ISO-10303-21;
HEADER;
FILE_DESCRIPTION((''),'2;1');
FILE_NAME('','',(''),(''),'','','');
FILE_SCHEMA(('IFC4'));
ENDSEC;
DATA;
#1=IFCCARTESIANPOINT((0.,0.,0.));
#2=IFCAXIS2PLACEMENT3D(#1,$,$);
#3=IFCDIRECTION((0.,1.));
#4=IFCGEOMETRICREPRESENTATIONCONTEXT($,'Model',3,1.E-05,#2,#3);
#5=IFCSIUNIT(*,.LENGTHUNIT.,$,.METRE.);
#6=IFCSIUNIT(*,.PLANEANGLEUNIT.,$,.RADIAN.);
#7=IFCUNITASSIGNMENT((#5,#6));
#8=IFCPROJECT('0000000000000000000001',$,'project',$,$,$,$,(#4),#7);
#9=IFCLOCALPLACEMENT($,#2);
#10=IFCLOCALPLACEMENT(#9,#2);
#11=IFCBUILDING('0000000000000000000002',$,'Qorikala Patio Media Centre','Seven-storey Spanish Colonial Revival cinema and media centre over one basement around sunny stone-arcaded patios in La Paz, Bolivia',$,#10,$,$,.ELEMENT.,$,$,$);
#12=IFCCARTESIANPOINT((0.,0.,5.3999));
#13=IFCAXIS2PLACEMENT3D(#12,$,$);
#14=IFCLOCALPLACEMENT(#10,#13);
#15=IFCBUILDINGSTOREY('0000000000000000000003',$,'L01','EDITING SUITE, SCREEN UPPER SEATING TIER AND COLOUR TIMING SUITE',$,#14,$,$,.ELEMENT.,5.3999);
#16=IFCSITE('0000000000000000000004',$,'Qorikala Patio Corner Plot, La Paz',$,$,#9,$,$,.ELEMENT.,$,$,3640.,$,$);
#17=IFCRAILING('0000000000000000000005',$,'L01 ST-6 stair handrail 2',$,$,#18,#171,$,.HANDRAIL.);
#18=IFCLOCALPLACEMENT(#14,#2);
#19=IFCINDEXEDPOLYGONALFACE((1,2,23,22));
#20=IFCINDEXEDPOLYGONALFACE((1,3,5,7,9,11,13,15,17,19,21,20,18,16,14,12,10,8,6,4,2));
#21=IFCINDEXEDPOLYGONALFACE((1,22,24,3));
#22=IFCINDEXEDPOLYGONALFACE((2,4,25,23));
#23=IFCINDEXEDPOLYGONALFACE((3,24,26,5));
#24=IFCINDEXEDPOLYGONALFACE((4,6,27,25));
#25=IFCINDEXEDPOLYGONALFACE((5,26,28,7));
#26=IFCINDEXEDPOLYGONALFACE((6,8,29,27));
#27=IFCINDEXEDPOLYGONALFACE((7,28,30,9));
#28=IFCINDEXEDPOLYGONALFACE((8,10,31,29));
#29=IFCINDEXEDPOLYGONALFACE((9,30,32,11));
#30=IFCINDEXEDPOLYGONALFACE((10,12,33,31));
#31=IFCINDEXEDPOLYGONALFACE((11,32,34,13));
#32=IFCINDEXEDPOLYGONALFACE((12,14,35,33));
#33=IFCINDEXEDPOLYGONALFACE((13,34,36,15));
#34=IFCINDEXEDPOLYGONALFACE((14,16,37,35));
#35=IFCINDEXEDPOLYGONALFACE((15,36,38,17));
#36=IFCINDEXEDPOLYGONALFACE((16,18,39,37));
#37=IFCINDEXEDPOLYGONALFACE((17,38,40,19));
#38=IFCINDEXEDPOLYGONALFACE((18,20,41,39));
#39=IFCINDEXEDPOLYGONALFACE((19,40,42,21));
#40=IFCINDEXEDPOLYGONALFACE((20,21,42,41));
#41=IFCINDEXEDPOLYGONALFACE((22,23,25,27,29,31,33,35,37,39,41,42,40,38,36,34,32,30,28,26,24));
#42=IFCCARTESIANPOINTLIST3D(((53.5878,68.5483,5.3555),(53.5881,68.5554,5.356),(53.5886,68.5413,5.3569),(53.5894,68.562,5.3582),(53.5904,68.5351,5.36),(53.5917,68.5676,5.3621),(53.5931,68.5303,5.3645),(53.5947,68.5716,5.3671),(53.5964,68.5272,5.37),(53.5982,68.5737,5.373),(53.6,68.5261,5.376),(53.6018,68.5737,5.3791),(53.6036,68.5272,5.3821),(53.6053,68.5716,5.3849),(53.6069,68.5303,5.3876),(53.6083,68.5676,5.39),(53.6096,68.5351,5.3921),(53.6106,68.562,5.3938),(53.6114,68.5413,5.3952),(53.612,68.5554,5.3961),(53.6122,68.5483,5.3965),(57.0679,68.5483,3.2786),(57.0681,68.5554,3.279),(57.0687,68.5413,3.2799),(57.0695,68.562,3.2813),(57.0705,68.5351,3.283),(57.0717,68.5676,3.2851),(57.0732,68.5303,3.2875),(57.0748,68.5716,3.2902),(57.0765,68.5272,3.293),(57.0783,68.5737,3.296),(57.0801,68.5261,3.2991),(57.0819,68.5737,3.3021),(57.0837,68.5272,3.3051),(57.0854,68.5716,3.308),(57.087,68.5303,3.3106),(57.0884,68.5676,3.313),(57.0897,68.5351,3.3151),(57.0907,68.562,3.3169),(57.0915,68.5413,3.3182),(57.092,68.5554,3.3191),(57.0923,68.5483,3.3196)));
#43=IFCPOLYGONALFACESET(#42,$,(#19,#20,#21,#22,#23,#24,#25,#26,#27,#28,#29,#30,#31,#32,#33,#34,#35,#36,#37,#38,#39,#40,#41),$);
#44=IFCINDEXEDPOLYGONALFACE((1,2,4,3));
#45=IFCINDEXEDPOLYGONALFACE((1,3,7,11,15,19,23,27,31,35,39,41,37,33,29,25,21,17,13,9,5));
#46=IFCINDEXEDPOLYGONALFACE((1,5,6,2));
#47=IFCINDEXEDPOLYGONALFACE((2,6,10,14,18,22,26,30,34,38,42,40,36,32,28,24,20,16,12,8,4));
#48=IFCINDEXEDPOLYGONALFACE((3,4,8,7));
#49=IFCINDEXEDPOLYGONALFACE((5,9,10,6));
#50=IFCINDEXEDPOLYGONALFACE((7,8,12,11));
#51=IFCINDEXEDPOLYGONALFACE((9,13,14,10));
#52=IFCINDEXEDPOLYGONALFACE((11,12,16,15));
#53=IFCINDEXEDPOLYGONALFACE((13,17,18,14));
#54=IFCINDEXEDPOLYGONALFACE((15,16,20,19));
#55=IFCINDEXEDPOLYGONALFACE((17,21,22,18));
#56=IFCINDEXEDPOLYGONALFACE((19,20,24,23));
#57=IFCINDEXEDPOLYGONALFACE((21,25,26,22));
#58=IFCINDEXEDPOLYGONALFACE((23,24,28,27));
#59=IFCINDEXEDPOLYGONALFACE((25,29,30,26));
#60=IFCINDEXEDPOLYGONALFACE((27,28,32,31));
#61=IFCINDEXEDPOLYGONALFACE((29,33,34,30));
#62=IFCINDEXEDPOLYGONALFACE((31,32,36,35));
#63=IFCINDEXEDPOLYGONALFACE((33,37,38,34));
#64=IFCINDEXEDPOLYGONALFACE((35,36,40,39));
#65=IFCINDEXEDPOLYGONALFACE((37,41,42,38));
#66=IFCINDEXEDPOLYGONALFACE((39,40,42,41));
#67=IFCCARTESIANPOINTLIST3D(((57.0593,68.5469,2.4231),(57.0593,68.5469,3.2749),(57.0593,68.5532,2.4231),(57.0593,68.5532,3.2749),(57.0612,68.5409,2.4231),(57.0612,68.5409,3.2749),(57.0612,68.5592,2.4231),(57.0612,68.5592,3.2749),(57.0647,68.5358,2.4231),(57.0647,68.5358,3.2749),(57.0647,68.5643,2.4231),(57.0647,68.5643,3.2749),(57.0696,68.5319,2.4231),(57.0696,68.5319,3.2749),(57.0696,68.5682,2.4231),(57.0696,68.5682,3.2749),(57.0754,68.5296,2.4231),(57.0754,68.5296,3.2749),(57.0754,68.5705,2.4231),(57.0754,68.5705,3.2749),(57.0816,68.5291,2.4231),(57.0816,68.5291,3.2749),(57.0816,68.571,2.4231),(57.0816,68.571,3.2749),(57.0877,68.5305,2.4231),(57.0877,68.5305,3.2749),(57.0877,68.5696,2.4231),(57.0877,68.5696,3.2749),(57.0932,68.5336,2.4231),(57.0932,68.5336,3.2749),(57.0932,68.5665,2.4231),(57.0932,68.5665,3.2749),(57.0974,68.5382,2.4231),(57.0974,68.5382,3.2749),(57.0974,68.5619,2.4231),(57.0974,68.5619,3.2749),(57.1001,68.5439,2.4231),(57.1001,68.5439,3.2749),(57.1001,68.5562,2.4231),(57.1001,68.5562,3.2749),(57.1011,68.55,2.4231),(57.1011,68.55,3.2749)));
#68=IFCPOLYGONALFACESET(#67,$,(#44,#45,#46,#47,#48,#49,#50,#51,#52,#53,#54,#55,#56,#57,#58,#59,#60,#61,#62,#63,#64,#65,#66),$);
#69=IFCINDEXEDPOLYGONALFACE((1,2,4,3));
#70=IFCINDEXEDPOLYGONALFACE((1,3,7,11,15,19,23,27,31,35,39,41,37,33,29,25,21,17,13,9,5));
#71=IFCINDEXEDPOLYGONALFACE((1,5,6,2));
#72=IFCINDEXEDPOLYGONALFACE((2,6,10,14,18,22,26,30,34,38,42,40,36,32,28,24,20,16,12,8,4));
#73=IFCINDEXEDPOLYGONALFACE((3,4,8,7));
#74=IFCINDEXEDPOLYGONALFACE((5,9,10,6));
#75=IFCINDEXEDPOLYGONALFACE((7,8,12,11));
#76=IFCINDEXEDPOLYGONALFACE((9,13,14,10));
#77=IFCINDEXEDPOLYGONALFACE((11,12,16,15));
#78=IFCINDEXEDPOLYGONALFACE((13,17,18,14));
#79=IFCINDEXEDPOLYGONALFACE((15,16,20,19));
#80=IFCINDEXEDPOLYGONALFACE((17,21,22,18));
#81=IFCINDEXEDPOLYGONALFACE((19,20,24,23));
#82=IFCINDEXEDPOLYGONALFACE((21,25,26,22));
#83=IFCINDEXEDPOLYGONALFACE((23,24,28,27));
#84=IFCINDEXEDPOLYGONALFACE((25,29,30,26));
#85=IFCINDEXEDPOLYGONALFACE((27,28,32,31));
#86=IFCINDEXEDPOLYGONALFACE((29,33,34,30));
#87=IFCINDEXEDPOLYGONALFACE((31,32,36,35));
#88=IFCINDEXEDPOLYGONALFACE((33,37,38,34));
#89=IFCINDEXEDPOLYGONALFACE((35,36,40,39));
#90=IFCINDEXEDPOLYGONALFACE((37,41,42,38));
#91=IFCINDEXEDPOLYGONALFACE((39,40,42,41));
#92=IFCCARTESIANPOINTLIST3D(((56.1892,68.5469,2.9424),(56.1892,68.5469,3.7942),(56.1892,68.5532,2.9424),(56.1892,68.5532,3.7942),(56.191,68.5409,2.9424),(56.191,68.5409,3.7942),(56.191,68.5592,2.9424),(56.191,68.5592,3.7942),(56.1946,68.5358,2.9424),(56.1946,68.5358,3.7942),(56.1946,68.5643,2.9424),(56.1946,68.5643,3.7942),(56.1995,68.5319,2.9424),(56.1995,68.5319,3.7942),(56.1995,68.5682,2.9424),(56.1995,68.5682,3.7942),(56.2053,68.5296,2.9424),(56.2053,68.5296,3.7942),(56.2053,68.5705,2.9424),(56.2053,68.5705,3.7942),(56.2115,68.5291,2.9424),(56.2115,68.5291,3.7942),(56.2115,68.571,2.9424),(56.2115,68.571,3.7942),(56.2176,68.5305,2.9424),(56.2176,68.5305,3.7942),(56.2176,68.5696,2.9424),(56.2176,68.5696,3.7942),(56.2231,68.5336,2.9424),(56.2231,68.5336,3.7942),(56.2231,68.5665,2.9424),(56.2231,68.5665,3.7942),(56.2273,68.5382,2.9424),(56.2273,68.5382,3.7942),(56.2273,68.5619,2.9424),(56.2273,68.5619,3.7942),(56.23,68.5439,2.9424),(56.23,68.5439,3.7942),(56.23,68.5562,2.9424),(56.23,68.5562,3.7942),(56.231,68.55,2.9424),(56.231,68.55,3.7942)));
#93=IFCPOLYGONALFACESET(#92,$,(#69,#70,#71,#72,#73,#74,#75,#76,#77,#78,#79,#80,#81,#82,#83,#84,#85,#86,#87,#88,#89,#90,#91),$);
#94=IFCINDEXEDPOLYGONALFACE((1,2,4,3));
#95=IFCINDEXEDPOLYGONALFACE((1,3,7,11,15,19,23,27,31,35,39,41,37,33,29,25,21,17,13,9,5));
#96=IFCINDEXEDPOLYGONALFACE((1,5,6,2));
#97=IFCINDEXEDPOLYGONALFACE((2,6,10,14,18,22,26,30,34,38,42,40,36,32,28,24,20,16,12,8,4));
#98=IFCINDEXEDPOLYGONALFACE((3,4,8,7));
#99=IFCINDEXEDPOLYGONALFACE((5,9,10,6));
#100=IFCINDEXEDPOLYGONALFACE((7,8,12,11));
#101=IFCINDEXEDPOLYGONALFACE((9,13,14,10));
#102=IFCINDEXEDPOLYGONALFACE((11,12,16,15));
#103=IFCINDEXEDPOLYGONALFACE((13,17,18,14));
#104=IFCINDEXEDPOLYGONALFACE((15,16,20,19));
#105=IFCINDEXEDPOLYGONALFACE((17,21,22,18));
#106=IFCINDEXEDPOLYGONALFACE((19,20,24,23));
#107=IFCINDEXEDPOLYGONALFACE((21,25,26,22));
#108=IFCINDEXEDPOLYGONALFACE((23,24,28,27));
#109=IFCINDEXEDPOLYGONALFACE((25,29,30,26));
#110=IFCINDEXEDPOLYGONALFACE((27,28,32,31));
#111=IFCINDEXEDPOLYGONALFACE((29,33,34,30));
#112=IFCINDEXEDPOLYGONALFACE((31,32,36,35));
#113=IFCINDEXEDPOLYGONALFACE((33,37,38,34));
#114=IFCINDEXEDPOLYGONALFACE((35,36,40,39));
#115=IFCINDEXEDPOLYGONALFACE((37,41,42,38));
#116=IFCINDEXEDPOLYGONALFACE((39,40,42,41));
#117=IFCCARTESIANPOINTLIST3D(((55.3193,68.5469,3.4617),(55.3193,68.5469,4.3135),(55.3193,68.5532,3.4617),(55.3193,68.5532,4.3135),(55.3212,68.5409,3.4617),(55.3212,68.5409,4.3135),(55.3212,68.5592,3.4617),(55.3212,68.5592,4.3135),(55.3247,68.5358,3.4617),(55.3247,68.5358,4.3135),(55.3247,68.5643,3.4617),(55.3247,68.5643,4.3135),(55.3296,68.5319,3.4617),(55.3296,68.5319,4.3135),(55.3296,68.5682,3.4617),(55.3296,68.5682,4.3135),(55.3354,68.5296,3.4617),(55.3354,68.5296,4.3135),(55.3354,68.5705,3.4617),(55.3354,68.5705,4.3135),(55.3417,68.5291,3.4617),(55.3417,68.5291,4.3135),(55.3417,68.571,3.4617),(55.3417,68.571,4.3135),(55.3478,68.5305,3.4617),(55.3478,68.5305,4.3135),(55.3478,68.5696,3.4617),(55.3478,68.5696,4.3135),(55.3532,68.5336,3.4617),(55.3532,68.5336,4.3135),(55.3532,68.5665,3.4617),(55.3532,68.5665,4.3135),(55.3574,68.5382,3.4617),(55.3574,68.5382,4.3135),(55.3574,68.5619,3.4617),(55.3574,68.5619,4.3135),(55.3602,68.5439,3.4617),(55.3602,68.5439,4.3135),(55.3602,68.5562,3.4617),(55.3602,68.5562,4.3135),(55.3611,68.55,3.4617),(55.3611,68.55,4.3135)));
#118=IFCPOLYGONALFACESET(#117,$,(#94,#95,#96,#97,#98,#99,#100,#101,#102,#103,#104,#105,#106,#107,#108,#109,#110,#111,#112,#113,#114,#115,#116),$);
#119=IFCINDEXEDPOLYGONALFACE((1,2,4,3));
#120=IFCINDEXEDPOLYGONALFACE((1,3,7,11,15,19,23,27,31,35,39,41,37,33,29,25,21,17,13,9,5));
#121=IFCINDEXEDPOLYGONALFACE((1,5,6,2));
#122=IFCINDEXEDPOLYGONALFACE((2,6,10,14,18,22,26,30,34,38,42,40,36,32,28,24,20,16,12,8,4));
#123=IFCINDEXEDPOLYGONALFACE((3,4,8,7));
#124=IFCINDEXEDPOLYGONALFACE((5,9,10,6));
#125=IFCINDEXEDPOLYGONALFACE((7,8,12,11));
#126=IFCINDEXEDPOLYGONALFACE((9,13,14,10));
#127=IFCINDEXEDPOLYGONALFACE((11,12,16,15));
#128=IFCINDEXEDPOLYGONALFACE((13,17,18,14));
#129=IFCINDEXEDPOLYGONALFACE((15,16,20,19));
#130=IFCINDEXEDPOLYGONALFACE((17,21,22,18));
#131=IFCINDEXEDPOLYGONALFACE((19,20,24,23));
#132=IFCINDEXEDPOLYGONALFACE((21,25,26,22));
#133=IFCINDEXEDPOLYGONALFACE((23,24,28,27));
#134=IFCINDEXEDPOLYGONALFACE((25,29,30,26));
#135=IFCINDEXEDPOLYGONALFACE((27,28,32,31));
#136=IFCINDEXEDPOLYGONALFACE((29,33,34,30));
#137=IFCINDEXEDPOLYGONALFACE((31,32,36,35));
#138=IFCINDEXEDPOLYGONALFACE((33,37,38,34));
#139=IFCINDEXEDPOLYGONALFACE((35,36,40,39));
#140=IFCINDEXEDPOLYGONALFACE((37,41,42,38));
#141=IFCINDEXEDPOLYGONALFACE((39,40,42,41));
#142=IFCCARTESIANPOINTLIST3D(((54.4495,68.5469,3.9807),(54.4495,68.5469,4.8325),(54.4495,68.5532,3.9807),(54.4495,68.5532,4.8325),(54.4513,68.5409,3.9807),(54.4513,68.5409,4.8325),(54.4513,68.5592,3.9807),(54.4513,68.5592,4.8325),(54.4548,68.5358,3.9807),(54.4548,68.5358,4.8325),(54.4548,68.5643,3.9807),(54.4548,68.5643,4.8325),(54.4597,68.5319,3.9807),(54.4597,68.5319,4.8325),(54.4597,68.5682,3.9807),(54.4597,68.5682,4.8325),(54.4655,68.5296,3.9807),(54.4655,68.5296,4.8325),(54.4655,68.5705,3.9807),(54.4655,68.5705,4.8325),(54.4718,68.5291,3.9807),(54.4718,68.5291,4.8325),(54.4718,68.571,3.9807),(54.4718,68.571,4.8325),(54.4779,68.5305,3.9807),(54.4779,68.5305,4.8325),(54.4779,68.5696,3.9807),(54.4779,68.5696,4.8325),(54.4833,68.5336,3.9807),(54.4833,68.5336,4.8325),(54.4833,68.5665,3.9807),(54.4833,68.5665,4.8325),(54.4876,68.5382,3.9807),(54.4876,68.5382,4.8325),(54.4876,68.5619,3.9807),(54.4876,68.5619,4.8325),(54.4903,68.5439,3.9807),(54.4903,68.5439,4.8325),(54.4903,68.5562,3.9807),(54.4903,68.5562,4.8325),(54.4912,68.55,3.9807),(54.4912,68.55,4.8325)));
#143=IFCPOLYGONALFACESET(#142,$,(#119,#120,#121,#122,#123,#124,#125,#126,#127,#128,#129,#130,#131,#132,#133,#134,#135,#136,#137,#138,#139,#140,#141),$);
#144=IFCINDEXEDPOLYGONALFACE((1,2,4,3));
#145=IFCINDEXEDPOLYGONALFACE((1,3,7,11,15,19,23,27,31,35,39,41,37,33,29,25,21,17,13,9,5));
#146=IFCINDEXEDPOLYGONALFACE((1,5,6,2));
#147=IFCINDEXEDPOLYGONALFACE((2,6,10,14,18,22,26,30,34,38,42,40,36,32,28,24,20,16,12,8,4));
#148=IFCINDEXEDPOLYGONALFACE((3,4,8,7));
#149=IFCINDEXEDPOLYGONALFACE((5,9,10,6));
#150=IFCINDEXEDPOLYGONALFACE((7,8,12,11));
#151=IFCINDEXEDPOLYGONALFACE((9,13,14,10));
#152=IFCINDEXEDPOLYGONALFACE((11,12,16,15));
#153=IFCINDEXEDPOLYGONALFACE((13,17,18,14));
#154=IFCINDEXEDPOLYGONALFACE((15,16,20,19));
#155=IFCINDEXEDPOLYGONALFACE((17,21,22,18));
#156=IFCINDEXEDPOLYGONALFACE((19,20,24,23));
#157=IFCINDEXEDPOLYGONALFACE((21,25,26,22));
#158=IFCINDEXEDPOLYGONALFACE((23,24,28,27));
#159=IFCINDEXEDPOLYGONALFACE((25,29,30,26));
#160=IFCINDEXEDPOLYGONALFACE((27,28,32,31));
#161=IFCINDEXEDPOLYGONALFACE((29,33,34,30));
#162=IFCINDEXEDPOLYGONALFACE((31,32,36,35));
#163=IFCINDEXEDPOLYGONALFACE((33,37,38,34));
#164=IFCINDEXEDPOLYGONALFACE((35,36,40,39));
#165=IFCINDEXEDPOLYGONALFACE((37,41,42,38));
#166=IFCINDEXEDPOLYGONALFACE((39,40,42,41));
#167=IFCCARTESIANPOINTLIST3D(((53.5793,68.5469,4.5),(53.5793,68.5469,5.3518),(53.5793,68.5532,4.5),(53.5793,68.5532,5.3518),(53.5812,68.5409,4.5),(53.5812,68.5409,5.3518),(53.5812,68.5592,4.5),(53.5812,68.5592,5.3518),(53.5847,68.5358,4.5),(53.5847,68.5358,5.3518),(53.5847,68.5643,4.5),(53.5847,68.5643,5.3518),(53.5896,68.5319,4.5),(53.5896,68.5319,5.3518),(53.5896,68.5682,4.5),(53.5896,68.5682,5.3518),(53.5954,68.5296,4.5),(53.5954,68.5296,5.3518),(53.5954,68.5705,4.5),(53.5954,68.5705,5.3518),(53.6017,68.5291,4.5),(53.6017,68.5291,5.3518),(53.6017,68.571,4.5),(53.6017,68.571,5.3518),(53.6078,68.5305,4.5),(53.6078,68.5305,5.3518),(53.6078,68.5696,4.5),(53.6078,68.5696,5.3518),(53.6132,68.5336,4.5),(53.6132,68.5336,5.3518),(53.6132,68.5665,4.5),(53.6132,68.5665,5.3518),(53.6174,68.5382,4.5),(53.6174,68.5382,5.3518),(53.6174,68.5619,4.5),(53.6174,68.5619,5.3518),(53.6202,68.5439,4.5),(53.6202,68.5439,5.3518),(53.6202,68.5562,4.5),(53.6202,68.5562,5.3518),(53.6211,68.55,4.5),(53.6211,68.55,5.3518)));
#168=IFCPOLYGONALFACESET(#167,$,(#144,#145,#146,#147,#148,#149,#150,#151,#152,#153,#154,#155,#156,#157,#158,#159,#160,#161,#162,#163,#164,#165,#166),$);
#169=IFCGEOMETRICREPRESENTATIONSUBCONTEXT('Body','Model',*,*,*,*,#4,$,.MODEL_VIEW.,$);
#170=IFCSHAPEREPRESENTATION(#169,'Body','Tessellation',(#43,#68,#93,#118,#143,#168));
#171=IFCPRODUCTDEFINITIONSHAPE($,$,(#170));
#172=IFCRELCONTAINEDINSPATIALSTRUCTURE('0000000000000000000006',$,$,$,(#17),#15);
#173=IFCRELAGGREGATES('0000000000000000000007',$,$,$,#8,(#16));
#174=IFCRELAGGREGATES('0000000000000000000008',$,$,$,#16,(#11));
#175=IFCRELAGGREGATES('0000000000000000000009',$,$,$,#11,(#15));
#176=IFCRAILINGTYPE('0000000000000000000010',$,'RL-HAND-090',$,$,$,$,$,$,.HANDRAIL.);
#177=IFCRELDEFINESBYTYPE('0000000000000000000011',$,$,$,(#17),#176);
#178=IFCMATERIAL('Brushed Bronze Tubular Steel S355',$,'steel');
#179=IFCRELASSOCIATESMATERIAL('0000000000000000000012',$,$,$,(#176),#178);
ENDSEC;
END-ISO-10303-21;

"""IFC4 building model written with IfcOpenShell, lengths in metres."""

from ifc_helpers import new_model, si_unit, direction, frame, origin, origin_2d, place, context, subcontext, project, spatial, circle, extrude, material, type_object, element, save


model = new_model("IFC4")

# Units and contexts
model_context = context("Model", 3, precision=1e-05, world=origin(), true_north=direction((0.0, 1.0)))
body_context = subcontext(model_context, "Body", "Model", "MODEL_VIEW")
ifc_project = project(units=[si_unit("LENGTHUNIT", "METRE"), si_unit("PLANEANGLEUNIT", "RADIAN")], contexts=[model_context])

# Site, building, storey
site_placement = place(None, origin())
site = spatial("IfcSite", under=ifc_project, at=site_placement, Name="Qorikala Patio Corner Plot, La Paz", CompositionType="ELEMENT", RefElevation=3640.0)
building_placement = place(site_placement, origin())
building = spatial("IfcBuilding", under=site, at=building_placement, Name="Qorikala Patio Media Centre", Description="Seven-storey Spanish Colonial Revival cinema and media centre over one basement around sunny stone-arcaded patios in La Paz, Bolivia", CompositionType="ELEMENT")
storey_placement = place(building_placement, frame((0.0, 0.0, 5.3999)))
storey = spatial("IfcBuildingStorey", under=building, at=storey_placement, Name="L01", Description="EDITING SUITE, SCREEN UPPER SEATING TIER AND COLOUR TIMING SUITE", CompositionType="ELEMENT", Elevation=5.3999)

# Railing
ifc_material_1 = material(Name="Brushed Bronze Tubular Steel S355", Category="steel")
railing_type_1 = type_object("IfcRailingType", Name="RL-HAND-090", PredefinedType="HANDRAIL", material=ifc_material_1)
railing_1_placement = place(storey_placement, frame((57.0801, 68.55, 2.4231)))
element("IfcRailing", 1, at=railing_1_placement, inside=storey, type_object=railing_type_1, Name="L01 ST-6 stair handrail 2", PredefinedType="HANDRAIL", context=body_context, shape_type="SweptSolid", body=[
    extrude(circle(Radius=0.0239, at=origin_2d()), frame((0.0, 0.0, 0.876), z_axis=(-0.858697, 0.0, 0.512483), x_axis=(0.0, -1.0, 0.0)), (0.0, 0.0, 1.0), 4.0527),
    extrude(circle(Radius=0.021, at=origin_2d()), origin(), (0.0, 0.0, 1.0), 0.8518),
    extrude(circle(Radius=0.021, at=origin_2d()), frame((-0.8701, 0.0, 0.5193)), (0.0, 0.0, 1.0), 0.8518),
    extrude(circle(Radius=0.021, at=origin_2d()), frame((-1.74, 0.0, 1.0386)), (0.0, 0.0, 1.0), 0.8518),
    extrude(circle(Radius=0.021, at=origin_2d()), frame((-2.6099, 0.0, 1.5576)), (0.0, 0.0, 1.0), 0.8518),
    extrude(circle(Radius=0.021, at=origin_2d()), frame((-3.48, 0.0, 2.0769)), (0.0, 0.0, 1.0), 0.8518),
])

save(model, "model.ifc")
